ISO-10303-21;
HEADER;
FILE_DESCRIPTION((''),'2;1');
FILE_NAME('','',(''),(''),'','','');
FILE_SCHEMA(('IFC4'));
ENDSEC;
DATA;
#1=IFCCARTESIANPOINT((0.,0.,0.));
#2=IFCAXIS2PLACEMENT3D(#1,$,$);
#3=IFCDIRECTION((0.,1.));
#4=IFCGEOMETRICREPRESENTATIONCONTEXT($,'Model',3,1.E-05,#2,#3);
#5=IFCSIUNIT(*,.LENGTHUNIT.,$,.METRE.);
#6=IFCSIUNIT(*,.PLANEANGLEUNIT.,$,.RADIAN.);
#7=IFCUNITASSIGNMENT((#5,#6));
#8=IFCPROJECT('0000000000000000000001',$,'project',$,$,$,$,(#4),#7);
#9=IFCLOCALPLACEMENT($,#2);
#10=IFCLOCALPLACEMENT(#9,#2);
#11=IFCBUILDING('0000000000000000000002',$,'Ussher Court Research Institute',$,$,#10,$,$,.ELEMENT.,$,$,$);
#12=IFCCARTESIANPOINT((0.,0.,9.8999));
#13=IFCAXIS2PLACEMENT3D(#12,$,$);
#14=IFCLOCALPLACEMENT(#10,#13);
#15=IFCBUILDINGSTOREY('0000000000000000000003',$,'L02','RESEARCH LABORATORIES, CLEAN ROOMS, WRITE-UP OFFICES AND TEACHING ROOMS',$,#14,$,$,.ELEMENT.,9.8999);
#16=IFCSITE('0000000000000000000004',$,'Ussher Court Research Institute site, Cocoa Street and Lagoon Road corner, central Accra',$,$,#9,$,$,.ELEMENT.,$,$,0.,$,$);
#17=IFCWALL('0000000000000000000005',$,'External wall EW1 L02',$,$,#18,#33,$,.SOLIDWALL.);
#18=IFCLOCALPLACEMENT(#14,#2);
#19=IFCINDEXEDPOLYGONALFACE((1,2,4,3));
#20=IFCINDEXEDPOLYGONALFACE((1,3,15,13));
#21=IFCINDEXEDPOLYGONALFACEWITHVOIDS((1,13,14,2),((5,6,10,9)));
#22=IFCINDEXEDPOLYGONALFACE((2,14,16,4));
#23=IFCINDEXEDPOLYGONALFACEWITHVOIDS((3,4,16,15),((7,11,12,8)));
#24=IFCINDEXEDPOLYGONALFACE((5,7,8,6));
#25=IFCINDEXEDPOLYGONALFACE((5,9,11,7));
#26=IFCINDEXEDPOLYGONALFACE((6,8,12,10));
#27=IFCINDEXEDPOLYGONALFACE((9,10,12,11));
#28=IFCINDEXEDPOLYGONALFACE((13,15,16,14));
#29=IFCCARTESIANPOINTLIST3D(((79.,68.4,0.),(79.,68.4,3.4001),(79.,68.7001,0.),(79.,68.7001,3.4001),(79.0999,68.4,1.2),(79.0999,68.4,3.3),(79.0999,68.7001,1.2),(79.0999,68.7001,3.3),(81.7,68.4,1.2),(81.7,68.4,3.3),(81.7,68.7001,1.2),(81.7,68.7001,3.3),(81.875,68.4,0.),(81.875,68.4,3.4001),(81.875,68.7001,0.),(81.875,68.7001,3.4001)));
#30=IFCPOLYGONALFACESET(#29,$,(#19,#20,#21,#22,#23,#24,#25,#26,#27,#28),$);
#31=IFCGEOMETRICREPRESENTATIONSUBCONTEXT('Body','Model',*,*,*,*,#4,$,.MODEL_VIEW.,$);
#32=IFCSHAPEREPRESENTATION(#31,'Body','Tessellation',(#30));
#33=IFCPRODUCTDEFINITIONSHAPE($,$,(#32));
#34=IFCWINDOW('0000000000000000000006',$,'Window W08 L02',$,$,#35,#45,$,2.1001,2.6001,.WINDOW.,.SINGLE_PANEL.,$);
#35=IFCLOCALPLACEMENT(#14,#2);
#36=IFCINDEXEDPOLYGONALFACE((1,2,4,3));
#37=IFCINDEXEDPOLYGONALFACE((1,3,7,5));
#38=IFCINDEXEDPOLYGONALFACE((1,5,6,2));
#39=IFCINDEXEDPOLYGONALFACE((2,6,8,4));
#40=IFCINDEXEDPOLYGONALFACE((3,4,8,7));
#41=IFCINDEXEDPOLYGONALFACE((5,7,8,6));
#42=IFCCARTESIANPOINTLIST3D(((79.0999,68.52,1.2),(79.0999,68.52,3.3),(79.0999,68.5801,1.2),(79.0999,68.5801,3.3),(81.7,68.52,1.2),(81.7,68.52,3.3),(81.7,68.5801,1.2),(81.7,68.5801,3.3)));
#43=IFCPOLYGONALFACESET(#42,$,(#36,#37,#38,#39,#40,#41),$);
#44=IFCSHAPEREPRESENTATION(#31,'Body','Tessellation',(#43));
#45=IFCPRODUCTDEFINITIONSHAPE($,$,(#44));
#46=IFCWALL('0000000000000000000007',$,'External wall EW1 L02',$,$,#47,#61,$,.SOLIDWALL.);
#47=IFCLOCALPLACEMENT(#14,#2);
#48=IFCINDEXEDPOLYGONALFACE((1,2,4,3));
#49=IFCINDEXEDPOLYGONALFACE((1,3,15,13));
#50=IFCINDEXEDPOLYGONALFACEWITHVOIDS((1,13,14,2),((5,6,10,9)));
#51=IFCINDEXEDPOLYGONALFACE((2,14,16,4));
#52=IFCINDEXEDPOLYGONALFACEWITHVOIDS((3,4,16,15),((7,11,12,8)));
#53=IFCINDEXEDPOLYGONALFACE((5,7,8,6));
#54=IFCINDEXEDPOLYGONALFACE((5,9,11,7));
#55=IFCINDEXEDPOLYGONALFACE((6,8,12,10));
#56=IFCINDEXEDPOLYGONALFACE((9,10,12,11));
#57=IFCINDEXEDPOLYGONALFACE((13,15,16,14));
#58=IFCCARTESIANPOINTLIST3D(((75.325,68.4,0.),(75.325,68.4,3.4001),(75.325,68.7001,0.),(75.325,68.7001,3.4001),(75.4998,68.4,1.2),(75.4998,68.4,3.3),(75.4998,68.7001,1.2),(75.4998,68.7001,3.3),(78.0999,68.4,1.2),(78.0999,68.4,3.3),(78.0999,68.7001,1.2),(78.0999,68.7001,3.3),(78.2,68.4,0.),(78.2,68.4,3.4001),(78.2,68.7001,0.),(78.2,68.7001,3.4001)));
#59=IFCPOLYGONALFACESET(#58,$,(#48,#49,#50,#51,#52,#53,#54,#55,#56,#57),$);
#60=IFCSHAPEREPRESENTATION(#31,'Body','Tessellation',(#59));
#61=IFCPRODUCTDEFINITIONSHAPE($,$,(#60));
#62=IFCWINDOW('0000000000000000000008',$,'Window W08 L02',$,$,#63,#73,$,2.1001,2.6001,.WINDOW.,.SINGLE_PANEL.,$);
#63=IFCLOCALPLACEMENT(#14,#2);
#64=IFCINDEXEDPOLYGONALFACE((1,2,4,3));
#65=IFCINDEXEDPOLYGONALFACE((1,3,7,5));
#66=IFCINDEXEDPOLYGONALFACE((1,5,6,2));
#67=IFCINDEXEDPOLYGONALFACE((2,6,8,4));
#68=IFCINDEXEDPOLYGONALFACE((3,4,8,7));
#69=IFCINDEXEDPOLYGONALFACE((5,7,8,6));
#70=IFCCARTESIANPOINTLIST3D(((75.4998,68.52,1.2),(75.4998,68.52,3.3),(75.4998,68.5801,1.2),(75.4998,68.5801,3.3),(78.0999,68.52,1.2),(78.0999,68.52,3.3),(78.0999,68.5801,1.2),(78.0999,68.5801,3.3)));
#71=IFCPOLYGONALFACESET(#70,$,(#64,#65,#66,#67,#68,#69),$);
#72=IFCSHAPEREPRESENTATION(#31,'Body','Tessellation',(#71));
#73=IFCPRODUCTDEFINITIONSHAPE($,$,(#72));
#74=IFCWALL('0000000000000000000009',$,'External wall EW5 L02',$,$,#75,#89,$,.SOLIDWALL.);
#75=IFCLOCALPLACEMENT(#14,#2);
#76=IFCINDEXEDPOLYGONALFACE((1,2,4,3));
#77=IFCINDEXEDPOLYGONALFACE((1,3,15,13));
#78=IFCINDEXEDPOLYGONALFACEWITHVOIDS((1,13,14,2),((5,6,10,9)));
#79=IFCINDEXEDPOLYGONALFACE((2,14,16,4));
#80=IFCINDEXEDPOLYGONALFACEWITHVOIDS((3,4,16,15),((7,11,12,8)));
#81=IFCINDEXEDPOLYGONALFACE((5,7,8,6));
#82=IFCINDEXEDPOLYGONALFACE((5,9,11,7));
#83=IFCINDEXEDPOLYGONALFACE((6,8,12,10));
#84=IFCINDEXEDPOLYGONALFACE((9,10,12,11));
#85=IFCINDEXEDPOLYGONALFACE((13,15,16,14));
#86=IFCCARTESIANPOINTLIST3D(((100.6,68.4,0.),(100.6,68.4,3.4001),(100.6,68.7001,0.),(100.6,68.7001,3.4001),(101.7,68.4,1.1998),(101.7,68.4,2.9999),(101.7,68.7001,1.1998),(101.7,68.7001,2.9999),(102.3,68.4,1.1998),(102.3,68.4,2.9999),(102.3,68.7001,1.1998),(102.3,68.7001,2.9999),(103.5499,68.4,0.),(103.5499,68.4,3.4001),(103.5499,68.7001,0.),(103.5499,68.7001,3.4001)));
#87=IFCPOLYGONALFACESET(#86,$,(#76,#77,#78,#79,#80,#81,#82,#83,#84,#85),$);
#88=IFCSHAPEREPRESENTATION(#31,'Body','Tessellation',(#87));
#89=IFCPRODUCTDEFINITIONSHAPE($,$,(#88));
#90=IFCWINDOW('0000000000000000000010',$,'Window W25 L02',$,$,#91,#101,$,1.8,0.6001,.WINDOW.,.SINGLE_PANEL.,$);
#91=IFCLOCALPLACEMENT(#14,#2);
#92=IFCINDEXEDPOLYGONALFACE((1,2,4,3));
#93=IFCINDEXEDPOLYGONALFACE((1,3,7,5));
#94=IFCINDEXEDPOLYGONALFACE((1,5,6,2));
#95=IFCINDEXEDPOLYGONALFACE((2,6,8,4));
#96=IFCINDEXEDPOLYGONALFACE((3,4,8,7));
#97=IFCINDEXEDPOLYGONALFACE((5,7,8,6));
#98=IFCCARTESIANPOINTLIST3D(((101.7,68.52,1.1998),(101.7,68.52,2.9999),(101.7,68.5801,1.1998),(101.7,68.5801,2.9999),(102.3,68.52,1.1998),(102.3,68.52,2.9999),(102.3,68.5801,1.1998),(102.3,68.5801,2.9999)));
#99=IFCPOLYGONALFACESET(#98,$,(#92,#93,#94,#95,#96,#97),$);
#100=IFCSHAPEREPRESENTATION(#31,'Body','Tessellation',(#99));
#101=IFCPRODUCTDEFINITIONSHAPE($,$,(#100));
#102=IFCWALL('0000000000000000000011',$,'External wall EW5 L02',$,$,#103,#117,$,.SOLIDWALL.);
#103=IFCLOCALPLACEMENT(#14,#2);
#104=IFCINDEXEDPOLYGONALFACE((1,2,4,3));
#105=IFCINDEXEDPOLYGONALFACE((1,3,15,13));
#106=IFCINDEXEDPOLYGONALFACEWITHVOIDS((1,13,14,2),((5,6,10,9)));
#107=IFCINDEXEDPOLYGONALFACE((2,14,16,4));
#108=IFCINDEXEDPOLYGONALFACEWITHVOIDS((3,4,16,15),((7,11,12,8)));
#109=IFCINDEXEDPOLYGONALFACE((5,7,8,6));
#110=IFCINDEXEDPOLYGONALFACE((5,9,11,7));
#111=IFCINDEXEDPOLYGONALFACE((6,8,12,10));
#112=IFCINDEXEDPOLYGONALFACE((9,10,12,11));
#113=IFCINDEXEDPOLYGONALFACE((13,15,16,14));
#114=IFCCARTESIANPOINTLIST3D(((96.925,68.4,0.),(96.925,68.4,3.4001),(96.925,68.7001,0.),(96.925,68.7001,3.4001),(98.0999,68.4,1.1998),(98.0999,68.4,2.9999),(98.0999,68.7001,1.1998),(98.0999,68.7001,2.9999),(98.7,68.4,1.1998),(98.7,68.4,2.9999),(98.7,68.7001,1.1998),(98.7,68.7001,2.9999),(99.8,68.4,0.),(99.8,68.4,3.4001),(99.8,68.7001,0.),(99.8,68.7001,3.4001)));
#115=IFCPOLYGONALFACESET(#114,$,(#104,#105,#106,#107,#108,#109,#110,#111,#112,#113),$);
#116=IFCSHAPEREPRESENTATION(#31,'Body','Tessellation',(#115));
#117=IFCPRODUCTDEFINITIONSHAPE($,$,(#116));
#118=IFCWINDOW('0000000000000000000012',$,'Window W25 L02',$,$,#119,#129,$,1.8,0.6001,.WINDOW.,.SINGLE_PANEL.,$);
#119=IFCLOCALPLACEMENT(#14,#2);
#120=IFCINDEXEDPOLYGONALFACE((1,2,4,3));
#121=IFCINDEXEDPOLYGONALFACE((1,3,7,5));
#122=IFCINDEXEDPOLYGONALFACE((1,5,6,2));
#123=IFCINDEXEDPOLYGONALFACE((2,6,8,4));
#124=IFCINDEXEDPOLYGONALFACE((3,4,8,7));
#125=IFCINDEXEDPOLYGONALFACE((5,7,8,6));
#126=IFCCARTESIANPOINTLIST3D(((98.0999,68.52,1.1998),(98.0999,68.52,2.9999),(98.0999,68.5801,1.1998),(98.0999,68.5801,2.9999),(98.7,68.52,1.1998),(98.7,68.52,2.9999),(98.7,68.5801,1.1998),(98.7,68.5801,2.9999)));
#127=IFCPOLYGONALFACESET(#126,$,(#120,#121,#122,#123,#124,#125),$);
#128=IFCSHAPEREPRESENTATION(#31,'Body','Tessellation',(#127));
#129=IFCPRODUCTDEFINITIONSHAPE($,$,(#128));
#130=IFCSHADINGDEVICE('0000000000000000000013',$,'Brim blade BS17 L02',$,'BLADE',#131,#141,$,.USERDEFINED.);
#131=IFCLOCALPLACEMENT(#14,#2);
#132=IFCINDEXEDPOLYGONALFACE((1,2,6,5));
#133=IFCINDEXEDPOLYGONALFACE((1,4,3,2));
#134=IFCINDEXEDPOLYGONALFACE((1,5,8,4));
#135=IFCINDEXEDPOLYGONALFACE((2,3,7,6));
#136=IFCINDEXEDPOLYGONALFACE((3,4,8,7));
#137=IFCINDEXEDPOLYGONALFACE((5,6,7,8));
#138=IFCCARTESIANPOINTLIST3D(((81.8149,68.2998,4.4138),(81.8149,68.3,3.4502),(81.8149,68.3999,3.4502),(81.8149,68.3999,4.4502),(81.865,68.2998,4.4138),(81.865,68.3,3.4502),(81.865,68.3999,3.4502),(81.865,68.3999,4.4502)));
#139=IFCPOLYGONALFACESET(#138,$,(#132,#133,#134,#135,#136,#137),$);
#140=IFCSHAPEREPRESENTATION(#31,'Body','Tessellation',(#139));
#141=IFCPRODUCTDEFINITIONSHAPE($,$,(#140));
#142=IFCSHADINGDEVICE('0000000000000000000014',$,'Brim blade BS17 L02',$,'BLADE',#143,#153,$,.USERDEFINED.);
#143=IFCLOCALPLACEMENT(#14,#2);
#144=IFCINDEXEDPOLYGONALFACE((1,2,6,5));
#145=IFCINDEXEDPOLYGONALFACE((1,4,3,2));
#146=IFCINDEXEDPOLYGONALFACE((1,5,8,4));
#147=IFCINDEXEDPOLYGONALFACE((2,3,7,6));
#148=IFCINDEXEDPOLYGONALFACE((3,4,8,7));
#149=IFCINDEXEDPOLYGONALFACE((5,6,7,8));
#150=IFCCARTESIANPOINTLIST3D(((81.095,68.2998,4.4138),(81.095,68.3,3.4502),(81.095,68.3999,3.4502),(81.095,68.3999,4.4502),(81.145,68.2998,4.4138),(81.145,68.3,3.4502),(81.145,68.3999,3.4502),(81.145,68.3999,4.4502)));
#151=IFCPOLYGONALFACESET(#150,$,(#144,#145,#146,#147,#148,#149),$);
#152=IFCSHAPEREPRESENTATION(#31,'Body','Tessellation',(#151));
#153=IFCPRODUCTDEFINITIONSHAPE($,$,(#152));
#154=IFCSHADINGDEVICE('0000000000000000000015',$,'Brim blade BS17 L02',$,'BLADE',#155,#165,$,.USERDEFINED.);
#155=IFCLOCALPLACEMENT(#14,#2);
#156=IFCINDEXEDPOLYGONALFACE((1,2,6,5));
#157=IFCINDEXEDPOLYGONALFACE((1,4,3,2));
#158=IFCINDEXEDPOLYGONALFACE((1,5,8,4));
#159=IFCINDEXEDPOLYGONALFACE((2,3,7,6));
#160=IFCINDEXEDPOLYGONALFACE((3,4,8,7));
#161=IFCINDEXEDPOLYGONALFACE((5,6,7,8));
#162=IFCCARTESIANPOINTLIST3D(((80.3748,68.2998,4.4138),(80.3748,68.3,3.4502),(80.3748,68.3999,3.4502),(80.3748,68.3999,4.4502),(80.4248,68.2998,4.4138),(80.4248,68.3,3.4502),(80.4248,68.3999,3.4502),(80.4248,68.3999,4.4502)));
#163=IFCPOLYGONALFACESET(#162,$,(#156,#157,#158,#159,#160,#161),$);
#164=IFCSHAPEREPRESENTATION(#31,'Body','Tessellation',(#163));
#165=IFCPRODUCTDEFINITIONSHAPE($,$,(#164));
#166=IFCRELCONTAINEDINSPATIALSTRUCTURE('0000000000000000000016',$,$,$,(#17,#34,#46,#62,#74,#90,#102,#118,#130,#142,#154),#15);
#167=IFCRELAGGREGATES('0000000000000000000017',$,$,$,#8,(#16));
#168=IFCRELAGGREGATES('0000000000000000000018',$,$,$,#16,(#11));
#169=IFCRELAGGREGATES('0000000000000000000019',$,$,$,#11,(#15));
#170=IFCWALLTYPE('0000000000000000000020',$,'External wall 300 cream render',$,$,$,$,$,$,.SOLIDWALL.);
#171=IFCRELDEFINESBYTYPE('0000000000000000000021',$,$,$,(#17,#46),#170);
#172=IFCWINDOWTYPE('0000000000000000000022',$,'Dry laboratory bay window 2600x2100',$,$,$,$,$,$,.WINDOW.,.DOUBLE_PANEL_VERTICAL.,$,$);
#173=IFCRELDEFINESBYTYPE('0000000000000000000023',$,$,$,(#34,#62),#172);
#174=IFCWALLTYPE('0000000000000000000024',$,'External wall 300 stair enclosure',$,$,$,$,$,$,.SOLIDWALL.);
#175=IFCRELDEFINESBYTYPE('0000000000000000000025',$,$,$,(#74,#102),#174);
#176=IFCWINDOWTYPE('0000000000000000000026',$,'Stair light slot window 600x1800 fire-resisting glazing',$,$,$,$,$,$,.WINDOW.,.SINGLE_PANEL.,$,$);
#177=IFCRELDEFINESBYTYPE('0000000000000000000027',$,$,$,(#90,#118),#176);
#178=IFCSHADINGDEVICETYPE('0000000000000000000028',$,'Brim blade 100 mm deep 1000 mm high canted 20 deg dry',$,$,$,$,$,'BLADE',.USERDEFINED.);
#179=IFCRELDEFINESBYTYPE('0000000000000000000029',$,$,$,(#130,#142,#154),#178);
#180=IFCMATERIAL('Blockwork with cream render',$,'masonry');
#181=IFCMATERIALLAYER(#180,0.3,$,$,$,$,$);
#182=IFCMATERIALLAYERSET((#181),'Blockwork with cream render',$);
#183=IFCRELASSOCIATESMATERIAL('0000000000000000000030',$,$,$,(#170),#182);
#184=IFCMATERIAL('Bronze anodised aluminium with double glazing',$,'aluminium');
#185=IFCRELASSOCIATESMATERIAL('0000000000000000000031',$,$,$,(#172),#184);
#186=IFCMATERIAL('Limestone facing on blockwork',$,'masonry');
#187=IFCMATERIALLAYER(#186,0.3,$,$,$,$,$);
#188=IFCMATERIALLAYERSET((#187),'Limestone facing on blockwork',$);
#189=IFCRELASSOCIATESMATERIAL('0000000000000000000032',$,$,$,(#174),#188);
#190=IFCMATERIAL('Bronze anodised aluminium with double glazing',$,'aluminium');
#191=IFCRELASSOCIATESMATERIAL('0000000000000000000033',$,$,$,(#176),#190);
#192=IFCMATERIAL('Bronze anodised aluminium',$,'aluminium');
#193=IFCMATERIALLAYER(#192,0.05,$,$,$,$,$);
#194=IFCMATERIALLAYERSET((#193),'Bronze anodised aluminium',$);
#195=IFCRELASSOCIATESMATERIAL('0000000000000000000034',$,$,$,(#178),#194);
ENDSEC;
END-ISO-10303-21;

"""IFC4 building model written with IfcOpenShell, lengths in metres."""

from ifc_helpers import new_model, si_unit, direction, frame, frame_2d, origin, place, context, subcontext, project, spatial, polyline, rectangle, outline, extrude, material, layer, layer_set, type_object, element, fill, save


model = new_model("IFC4")

# Units and contexts
model_context = context("Model", 3, precision=1e-05, world=origin(), true_north=direction((0.0, 1.0)))
body_context = subcontext(model_context, "Body", "Model", "MODEL_VIEW")
ifc_project = project(units=[si_unit("LENGTHUNIT", "METRE"), si_unit("PLANEANGLEUNIT", "RADIAN")], contexts=[model_context])

# Site, building, storey
site_placement = place(None, origin())
site = spatial("IfcSite", under=ifc_project, at=site_placement, Name="Ussher Court Research Institute site, Cocoa Street and Lagoon Road corner, central Accra", CompositionType="ELEMENT", RefElevation=0.0)
building_placement = place(site_placement, origin())
building = spatial("IfcBuilding", under=site, at=building_placement, Name="Ussher Court Research Institute", CompositionType="ELEMENT")
storey_placement = place(building_placement, frame((0.0, 0.0, 9.8999)))
storey = spatial("IfcBuildingStorey", under=building, at=storey_placement, Name="L02", Description="RESEARCH LABORATORIES, CLEAN ROOMS, WRITE-UP OFFICES AND TEACHING ROOMS", CompositionType="ELEMENT", Elevation=9.8999)

# Walls, openings, windows
ifc_material_1 = material(Name="Blockwork with cream render", Category="masonry")
ifc_layer_1 = layer(ifc_material_1, 0.3)
ifc_layer_set_1 = layer_set([ifc_layer_1], Name="Blockwork with cream render")
wall_type_1 = type_object("IfcWallType", Name="External wall 300 cream render", PredefinedType="SOLIDWALL", material=ifc_layer_set_1)
wall_1_placement = place(storey_placement, frame((81.875, 68.55, 0.0), z_axis=(0.0, 0.0, 1.0), x_axis=(-1.0, 0.0, 0.0)))
wall_1 = element("IfcWall", 1, at=wall_1_placement, inside=storey, type_object=wall_type_1, Name="External wall EW1 L02", PredefinedType="SOLIDWALL", context=body_context, shape_type="SweptSolid", body=[
    extrude(rectangle(XDim=2.875, YDim=0.3, at=frame_2d((1.4375, 0.0))), origin(), (0.0, 0.0, 1.0), 3.4001),
])
opening_1_placement = place(wall_1_placement, frame((0.175, 0.0, 1.2)))
opening_1 = element("IfcOpeningElement", 2, at=opening_1_placement, cuts=wall_1, PredefinedType="OPENING", context=body_context, shape_type="SweptSolid", body=[
    extrude(rectangle(XDim=2.6001, YDim=2.1001, at=frame_2d((1.3, 1.05))), frame((0.0, 0.1602, 0.0), z_axis=(0.0, -1.0, 0.0), x_axis=(1.0, 0.0, 0.0)), (0.0, 0.0, 1.0), 0.3201),
])
ifc_material_2 = material(Name="Bronze anodised aluminium with double glazing", Category="aluminium")
window_type_1 = type_object("IfcWindowType", Name="Dry laboratory bay window 2600x2100", PartitioningType="DOUBLE_PANEL_VERTICAL", PredefinedType="WINDOW", material=ifc_material_2)
window_1_placement = place(opening_1_placement, origin())
window_1 = element("IfcWindow", 3, at=window_1_placement, inside=storey, type_object=window_type_1, Name="Window W08 L02", OverallHeight=2.1001, OverallWidth=2.6001, PartitioningType="SINGLE_PANEL", PredefinedType="WINDOW", context=body_context, shape_type="SweptSolid", body=[
    extrude(rectangle(XDim=2.6001, YDim=2.1001, at=frame_2d((1.3, 1.05))), frame((0.0, 0.03, 0.0), z_axis=(0.0, -1.0, 0.0), x_axis=(1.0, 0.0, 0.0)), (0.0, 0.0, 1.0), 0.0601),
])
fill(opening_1, window_1)
wall_2_placement = place(storey_placement, frame((78.2, 68.55, 0.0), z_axis=(0.0, 0.0, 1.0), x_axis=(-1.0, 0.0, 0.0)))
wall_2 = element("IfcWall", 4, at=wall_2_placement, inside=storey, type_object=wall_type_1, Name="External wall EW1 L02", PredefinedType="SOLIDWALL", context=body_context, shape_type="SweptSolid", body=[
    extrude(rectangle(XDim=2.875, YDim=0.3, at=frame_2d((1.4375, 0.0))), origin(), (0.0, 0.0, 1.0), 3.4001),
])
opening_2_placement = place(wall_2_placement, frame((0.1001, 0.0, 1.2)))
opening_2 = element("IfcOpeningElement", 5, at=opening_2_placement, cuts=wall_2, PredefinedType="OPENING", context=body_context, shape_type="SweptSolid", body=[
    extrude(rectangle(XDim=2.6001, YDim=2.1001, at=frame_2d((1.3, 1.05))), frame((0.0, 0.1602, 0.0), z_axis=(0.0, -1.0, 0.0), x_axis=(1.0, 0.0, 0.0)), (0.0, 0.0, 1.0), 0.3201),
])
window_2_placement = place(opening_2_placement, origin())
window_2 = element("IfcWindow", 6, at=window_2_placement, inside=storey, type_object=window_type_1, Name="Window W08 L02", OverallHeight=2.1001, OverallWidth=2.6001, PartitioningType="SINGLE_PANEL", PredefinedType="WINDOW", context=body_context, shape_type="SweptSolid", body=[
    extrude(rectangle(XDim=2.6001, YDim=2.1001, at=frame_2d((1.3, 1.05))), frame((0.0, 0.03, 0.0), z_axis=(0.0, -1.0, 0.0), x_axis=(1.0, 0.0, 0.0)), (0.0, 0.0, 1.0), 0.0601),
])
fill(opening_2, window_2)
ifc_material_3 = material(Name="Limestone facing on blockwork", Category="masonry")
ifc_layer_2 = layer(ifc_material_3, 0.3)
ifc_layer_set_2 = layer_set([ifc_layer_2], Name="Limestone facing on blockwork")
wall_type_2 = type_object("IfcWallType", Name="External wall 300 stair enclosure", PredefinedType="SOLIDWALL", material=ifc_layer_set_2)
wall_3_placement = place(storey_placement, frame((103.55, 68.55, 0.0), z_axis=(0.0, 0.0, 1.0), x_axis=(-1.0, 0.0, 0.0)))
wall_3 = element("IfcWall", 7, at=wall_3_placement, inside=storey, type_object=wall_type_2, Name="External wall EW5 L02", PredefinedType="SOLIDWALL", context=body_context, shape_type="SweptSolid", body=[
    extrude(rectangle(XDim=2.95, YDim=0.3, at=frame_2d((1.4751, 0.0))), origin(), (0.0, 0.0, 1.0), 3.4001),
])
opening_3_placement = place(wall_3_placement, frame((1.25, 0.0, 1.2)))
opening_3 = element("IfcOpeningElement", 8, at=opening_3_placement, cuts=wall_3, PredefinedType="OPENING", context=body_context, shape_type="SweptSolid", body=[
    extrude(rectangle(XDim=0.6001, YDim=1.8, at=frame_2d((0.3, 0.8999))), frame((0.0, 0.1602, 0.0), z_axis=(0.0, -1.0, 0.0), x_axis=(1.0, 0.0, 0.0)), (0.0, 0.0, 1.0), 0.3201),
])
ifc_material_4 = material(Name="Bronze anodised aluminium with double glazing", Category="aluminium")
window_type_2 = type_object("IfcWindowType", Name="Stair light slot window 600x1800 fire-resisting glazing", PartitioningType="SINGLE_PANEL", PredefinedType="WINDOW", material=ifc_material_4)
window_3_placement = place(opening_3_placement, origin())
window_3 = element("IfcWindow", 9, at=window_3_placement, inside=storey, type_object=window_type_2, Name="Window W25 L02", OverallHeight=1.8, OverallWidth=0.6001, PartitioningType="SINGLE_PANEL", PredefinedType="WINDOW", context=body_context, shape_type="SweptSolid", body=[
    extrude(rectangle(XDim=0.6001, YDim=1.8, at=frame_2d((0.3, 0.8999))), frame((0.0, 0.03, 0.0), z_axis=(0.0, -1.0, 0.0), x_axis=(1.0, 0.0, 0.0)), (0.0, 0.0, 1.0), 0.0601),
])
fill(opening_3, window_3)
wall_4_placement = place(storey_placement, frame((99.8, 68.55, 0.0), z_axis=(0.0, 0.0, 1.0), x_axis=(-1.0, 0.0, 0.0)))
wall_4 = element("IfcWall", 10, at=wall_4_placement, inside=storey, type_object=wall_type_2, Name="External wall EW5 L02", PredefinedType="SOLIDWALL", context=body_context, shape_type="SweptSolid", body=[
    extrude(rectangle(XDim=2.875, YDim=0.3, at=frame_2d((1.4375, 0.0))), origin(), (0.0, 0.0, 1.0), 3.4001),
])
opening_4_placement = place(wall_4_placement, frame((1.1001, 0.0, 1.2)))
opening_4 = element("IfcOpeningElement", 11, at=opening_4_placement, cuts=wall_4, PredefinedType="OPENING", context=body_context, shape_type="SweptSolid", body=[
    extrude(rectangle(XDim=0.6001, YDim=1.8, at=frame_2d((0.3, 0.8999))), frame((0.0, 0.1602, 0.0), z_axis=(0.0, -1.0, 0.0), x_axis=(1.0, 0.0, 0.0)), (0.0, 0.0, 1.0), 0.3201),
])
window_4_placement = place(opening_4_placement, origin())
window_4 = element("IfcWindow", 12, at=window_4_placement, inside=storey, type_object=window_type_2, Name="Window W25 L02", OverallHeight=1.8, OverallWidth=0.6001, PartitioningType="SINGLE_PANEL", PredefinedType="WINDOW", context=body_context, shape_type="SweptSolid", body=[
    extrude(rectangle(XDim=0.6001, YDim=1.8, at=frame_2d((0.3, 0.8999))), frame((0.0, 0.03, 0.0), z_axis=(0.0, -1.0, 0.0), x_axis=(1.0, 0.0, 0.0)), (0.0, 0.0, 1.0), 0.0601),
])
fill(opening_4, window_4)

# Shading devices
ifc_material_5 = material(Name="Bronze anodised aluminium", Category="aluminium")
ifc_layer_3 = layer(ifc_material_5, 0.05)
ifc_layer_set_3 = layer_set([ifc_layer_3], Name="Bronze anodised aluminium")
shading_device_type_1 = type_object("IfcShadingDeviceType", Name="Brim blade 100 mm deep 1000 mm high canted 20 deg dry", ElementType="BLADE", PredefinedType="USERDEFINED", material=ifc_layer_set_3)
for number, where, z_axis, x_axis, name in (
    (13, (81.8401, 68.3999, 3.4502), (0.0, 0.0, 1.0), (0.0, -1.0, 0.0), "Brim blade BS17 L02"),
    (14, (81.1201, 68.3999, 3.4502), (0.0, 0.0, 1.0), (0.0, -1.0, 0.0), "Brim blade BS17 L02"),
    (15, (80.3999, 68.3999, 3.4502), (0.0, 0.0, 1.0), (0.0, -1.0, 0.0), "Brim blade BS17 L02"),
):
    element("IfcShadingDevice", number, at=place(storey_placement, frame(where, z_axis=z_axis, x_axis=x_axis)), inside=storey, type_object=shading_device_type_1, Name=name, ObjectType="BLADE", PredefinedType="USERDEFINED", context=body_context, shape_type="SweptSolid", body=[
        extrude(outline(polyline([(0.0, 0.0), (0.0999, 0.0), (0.1001, 0.9636), (0.0, 1.0), (0.0, 0.0)])), frame((0.0, 0.0249, 0.0), z_axis=(0.0, -1.0, 0.0), x_axis=(1.0, 0.0, 0.0)), (0.0, 0.0, 1.0), 0.05),
    ])

save(model, "model.ifc")
